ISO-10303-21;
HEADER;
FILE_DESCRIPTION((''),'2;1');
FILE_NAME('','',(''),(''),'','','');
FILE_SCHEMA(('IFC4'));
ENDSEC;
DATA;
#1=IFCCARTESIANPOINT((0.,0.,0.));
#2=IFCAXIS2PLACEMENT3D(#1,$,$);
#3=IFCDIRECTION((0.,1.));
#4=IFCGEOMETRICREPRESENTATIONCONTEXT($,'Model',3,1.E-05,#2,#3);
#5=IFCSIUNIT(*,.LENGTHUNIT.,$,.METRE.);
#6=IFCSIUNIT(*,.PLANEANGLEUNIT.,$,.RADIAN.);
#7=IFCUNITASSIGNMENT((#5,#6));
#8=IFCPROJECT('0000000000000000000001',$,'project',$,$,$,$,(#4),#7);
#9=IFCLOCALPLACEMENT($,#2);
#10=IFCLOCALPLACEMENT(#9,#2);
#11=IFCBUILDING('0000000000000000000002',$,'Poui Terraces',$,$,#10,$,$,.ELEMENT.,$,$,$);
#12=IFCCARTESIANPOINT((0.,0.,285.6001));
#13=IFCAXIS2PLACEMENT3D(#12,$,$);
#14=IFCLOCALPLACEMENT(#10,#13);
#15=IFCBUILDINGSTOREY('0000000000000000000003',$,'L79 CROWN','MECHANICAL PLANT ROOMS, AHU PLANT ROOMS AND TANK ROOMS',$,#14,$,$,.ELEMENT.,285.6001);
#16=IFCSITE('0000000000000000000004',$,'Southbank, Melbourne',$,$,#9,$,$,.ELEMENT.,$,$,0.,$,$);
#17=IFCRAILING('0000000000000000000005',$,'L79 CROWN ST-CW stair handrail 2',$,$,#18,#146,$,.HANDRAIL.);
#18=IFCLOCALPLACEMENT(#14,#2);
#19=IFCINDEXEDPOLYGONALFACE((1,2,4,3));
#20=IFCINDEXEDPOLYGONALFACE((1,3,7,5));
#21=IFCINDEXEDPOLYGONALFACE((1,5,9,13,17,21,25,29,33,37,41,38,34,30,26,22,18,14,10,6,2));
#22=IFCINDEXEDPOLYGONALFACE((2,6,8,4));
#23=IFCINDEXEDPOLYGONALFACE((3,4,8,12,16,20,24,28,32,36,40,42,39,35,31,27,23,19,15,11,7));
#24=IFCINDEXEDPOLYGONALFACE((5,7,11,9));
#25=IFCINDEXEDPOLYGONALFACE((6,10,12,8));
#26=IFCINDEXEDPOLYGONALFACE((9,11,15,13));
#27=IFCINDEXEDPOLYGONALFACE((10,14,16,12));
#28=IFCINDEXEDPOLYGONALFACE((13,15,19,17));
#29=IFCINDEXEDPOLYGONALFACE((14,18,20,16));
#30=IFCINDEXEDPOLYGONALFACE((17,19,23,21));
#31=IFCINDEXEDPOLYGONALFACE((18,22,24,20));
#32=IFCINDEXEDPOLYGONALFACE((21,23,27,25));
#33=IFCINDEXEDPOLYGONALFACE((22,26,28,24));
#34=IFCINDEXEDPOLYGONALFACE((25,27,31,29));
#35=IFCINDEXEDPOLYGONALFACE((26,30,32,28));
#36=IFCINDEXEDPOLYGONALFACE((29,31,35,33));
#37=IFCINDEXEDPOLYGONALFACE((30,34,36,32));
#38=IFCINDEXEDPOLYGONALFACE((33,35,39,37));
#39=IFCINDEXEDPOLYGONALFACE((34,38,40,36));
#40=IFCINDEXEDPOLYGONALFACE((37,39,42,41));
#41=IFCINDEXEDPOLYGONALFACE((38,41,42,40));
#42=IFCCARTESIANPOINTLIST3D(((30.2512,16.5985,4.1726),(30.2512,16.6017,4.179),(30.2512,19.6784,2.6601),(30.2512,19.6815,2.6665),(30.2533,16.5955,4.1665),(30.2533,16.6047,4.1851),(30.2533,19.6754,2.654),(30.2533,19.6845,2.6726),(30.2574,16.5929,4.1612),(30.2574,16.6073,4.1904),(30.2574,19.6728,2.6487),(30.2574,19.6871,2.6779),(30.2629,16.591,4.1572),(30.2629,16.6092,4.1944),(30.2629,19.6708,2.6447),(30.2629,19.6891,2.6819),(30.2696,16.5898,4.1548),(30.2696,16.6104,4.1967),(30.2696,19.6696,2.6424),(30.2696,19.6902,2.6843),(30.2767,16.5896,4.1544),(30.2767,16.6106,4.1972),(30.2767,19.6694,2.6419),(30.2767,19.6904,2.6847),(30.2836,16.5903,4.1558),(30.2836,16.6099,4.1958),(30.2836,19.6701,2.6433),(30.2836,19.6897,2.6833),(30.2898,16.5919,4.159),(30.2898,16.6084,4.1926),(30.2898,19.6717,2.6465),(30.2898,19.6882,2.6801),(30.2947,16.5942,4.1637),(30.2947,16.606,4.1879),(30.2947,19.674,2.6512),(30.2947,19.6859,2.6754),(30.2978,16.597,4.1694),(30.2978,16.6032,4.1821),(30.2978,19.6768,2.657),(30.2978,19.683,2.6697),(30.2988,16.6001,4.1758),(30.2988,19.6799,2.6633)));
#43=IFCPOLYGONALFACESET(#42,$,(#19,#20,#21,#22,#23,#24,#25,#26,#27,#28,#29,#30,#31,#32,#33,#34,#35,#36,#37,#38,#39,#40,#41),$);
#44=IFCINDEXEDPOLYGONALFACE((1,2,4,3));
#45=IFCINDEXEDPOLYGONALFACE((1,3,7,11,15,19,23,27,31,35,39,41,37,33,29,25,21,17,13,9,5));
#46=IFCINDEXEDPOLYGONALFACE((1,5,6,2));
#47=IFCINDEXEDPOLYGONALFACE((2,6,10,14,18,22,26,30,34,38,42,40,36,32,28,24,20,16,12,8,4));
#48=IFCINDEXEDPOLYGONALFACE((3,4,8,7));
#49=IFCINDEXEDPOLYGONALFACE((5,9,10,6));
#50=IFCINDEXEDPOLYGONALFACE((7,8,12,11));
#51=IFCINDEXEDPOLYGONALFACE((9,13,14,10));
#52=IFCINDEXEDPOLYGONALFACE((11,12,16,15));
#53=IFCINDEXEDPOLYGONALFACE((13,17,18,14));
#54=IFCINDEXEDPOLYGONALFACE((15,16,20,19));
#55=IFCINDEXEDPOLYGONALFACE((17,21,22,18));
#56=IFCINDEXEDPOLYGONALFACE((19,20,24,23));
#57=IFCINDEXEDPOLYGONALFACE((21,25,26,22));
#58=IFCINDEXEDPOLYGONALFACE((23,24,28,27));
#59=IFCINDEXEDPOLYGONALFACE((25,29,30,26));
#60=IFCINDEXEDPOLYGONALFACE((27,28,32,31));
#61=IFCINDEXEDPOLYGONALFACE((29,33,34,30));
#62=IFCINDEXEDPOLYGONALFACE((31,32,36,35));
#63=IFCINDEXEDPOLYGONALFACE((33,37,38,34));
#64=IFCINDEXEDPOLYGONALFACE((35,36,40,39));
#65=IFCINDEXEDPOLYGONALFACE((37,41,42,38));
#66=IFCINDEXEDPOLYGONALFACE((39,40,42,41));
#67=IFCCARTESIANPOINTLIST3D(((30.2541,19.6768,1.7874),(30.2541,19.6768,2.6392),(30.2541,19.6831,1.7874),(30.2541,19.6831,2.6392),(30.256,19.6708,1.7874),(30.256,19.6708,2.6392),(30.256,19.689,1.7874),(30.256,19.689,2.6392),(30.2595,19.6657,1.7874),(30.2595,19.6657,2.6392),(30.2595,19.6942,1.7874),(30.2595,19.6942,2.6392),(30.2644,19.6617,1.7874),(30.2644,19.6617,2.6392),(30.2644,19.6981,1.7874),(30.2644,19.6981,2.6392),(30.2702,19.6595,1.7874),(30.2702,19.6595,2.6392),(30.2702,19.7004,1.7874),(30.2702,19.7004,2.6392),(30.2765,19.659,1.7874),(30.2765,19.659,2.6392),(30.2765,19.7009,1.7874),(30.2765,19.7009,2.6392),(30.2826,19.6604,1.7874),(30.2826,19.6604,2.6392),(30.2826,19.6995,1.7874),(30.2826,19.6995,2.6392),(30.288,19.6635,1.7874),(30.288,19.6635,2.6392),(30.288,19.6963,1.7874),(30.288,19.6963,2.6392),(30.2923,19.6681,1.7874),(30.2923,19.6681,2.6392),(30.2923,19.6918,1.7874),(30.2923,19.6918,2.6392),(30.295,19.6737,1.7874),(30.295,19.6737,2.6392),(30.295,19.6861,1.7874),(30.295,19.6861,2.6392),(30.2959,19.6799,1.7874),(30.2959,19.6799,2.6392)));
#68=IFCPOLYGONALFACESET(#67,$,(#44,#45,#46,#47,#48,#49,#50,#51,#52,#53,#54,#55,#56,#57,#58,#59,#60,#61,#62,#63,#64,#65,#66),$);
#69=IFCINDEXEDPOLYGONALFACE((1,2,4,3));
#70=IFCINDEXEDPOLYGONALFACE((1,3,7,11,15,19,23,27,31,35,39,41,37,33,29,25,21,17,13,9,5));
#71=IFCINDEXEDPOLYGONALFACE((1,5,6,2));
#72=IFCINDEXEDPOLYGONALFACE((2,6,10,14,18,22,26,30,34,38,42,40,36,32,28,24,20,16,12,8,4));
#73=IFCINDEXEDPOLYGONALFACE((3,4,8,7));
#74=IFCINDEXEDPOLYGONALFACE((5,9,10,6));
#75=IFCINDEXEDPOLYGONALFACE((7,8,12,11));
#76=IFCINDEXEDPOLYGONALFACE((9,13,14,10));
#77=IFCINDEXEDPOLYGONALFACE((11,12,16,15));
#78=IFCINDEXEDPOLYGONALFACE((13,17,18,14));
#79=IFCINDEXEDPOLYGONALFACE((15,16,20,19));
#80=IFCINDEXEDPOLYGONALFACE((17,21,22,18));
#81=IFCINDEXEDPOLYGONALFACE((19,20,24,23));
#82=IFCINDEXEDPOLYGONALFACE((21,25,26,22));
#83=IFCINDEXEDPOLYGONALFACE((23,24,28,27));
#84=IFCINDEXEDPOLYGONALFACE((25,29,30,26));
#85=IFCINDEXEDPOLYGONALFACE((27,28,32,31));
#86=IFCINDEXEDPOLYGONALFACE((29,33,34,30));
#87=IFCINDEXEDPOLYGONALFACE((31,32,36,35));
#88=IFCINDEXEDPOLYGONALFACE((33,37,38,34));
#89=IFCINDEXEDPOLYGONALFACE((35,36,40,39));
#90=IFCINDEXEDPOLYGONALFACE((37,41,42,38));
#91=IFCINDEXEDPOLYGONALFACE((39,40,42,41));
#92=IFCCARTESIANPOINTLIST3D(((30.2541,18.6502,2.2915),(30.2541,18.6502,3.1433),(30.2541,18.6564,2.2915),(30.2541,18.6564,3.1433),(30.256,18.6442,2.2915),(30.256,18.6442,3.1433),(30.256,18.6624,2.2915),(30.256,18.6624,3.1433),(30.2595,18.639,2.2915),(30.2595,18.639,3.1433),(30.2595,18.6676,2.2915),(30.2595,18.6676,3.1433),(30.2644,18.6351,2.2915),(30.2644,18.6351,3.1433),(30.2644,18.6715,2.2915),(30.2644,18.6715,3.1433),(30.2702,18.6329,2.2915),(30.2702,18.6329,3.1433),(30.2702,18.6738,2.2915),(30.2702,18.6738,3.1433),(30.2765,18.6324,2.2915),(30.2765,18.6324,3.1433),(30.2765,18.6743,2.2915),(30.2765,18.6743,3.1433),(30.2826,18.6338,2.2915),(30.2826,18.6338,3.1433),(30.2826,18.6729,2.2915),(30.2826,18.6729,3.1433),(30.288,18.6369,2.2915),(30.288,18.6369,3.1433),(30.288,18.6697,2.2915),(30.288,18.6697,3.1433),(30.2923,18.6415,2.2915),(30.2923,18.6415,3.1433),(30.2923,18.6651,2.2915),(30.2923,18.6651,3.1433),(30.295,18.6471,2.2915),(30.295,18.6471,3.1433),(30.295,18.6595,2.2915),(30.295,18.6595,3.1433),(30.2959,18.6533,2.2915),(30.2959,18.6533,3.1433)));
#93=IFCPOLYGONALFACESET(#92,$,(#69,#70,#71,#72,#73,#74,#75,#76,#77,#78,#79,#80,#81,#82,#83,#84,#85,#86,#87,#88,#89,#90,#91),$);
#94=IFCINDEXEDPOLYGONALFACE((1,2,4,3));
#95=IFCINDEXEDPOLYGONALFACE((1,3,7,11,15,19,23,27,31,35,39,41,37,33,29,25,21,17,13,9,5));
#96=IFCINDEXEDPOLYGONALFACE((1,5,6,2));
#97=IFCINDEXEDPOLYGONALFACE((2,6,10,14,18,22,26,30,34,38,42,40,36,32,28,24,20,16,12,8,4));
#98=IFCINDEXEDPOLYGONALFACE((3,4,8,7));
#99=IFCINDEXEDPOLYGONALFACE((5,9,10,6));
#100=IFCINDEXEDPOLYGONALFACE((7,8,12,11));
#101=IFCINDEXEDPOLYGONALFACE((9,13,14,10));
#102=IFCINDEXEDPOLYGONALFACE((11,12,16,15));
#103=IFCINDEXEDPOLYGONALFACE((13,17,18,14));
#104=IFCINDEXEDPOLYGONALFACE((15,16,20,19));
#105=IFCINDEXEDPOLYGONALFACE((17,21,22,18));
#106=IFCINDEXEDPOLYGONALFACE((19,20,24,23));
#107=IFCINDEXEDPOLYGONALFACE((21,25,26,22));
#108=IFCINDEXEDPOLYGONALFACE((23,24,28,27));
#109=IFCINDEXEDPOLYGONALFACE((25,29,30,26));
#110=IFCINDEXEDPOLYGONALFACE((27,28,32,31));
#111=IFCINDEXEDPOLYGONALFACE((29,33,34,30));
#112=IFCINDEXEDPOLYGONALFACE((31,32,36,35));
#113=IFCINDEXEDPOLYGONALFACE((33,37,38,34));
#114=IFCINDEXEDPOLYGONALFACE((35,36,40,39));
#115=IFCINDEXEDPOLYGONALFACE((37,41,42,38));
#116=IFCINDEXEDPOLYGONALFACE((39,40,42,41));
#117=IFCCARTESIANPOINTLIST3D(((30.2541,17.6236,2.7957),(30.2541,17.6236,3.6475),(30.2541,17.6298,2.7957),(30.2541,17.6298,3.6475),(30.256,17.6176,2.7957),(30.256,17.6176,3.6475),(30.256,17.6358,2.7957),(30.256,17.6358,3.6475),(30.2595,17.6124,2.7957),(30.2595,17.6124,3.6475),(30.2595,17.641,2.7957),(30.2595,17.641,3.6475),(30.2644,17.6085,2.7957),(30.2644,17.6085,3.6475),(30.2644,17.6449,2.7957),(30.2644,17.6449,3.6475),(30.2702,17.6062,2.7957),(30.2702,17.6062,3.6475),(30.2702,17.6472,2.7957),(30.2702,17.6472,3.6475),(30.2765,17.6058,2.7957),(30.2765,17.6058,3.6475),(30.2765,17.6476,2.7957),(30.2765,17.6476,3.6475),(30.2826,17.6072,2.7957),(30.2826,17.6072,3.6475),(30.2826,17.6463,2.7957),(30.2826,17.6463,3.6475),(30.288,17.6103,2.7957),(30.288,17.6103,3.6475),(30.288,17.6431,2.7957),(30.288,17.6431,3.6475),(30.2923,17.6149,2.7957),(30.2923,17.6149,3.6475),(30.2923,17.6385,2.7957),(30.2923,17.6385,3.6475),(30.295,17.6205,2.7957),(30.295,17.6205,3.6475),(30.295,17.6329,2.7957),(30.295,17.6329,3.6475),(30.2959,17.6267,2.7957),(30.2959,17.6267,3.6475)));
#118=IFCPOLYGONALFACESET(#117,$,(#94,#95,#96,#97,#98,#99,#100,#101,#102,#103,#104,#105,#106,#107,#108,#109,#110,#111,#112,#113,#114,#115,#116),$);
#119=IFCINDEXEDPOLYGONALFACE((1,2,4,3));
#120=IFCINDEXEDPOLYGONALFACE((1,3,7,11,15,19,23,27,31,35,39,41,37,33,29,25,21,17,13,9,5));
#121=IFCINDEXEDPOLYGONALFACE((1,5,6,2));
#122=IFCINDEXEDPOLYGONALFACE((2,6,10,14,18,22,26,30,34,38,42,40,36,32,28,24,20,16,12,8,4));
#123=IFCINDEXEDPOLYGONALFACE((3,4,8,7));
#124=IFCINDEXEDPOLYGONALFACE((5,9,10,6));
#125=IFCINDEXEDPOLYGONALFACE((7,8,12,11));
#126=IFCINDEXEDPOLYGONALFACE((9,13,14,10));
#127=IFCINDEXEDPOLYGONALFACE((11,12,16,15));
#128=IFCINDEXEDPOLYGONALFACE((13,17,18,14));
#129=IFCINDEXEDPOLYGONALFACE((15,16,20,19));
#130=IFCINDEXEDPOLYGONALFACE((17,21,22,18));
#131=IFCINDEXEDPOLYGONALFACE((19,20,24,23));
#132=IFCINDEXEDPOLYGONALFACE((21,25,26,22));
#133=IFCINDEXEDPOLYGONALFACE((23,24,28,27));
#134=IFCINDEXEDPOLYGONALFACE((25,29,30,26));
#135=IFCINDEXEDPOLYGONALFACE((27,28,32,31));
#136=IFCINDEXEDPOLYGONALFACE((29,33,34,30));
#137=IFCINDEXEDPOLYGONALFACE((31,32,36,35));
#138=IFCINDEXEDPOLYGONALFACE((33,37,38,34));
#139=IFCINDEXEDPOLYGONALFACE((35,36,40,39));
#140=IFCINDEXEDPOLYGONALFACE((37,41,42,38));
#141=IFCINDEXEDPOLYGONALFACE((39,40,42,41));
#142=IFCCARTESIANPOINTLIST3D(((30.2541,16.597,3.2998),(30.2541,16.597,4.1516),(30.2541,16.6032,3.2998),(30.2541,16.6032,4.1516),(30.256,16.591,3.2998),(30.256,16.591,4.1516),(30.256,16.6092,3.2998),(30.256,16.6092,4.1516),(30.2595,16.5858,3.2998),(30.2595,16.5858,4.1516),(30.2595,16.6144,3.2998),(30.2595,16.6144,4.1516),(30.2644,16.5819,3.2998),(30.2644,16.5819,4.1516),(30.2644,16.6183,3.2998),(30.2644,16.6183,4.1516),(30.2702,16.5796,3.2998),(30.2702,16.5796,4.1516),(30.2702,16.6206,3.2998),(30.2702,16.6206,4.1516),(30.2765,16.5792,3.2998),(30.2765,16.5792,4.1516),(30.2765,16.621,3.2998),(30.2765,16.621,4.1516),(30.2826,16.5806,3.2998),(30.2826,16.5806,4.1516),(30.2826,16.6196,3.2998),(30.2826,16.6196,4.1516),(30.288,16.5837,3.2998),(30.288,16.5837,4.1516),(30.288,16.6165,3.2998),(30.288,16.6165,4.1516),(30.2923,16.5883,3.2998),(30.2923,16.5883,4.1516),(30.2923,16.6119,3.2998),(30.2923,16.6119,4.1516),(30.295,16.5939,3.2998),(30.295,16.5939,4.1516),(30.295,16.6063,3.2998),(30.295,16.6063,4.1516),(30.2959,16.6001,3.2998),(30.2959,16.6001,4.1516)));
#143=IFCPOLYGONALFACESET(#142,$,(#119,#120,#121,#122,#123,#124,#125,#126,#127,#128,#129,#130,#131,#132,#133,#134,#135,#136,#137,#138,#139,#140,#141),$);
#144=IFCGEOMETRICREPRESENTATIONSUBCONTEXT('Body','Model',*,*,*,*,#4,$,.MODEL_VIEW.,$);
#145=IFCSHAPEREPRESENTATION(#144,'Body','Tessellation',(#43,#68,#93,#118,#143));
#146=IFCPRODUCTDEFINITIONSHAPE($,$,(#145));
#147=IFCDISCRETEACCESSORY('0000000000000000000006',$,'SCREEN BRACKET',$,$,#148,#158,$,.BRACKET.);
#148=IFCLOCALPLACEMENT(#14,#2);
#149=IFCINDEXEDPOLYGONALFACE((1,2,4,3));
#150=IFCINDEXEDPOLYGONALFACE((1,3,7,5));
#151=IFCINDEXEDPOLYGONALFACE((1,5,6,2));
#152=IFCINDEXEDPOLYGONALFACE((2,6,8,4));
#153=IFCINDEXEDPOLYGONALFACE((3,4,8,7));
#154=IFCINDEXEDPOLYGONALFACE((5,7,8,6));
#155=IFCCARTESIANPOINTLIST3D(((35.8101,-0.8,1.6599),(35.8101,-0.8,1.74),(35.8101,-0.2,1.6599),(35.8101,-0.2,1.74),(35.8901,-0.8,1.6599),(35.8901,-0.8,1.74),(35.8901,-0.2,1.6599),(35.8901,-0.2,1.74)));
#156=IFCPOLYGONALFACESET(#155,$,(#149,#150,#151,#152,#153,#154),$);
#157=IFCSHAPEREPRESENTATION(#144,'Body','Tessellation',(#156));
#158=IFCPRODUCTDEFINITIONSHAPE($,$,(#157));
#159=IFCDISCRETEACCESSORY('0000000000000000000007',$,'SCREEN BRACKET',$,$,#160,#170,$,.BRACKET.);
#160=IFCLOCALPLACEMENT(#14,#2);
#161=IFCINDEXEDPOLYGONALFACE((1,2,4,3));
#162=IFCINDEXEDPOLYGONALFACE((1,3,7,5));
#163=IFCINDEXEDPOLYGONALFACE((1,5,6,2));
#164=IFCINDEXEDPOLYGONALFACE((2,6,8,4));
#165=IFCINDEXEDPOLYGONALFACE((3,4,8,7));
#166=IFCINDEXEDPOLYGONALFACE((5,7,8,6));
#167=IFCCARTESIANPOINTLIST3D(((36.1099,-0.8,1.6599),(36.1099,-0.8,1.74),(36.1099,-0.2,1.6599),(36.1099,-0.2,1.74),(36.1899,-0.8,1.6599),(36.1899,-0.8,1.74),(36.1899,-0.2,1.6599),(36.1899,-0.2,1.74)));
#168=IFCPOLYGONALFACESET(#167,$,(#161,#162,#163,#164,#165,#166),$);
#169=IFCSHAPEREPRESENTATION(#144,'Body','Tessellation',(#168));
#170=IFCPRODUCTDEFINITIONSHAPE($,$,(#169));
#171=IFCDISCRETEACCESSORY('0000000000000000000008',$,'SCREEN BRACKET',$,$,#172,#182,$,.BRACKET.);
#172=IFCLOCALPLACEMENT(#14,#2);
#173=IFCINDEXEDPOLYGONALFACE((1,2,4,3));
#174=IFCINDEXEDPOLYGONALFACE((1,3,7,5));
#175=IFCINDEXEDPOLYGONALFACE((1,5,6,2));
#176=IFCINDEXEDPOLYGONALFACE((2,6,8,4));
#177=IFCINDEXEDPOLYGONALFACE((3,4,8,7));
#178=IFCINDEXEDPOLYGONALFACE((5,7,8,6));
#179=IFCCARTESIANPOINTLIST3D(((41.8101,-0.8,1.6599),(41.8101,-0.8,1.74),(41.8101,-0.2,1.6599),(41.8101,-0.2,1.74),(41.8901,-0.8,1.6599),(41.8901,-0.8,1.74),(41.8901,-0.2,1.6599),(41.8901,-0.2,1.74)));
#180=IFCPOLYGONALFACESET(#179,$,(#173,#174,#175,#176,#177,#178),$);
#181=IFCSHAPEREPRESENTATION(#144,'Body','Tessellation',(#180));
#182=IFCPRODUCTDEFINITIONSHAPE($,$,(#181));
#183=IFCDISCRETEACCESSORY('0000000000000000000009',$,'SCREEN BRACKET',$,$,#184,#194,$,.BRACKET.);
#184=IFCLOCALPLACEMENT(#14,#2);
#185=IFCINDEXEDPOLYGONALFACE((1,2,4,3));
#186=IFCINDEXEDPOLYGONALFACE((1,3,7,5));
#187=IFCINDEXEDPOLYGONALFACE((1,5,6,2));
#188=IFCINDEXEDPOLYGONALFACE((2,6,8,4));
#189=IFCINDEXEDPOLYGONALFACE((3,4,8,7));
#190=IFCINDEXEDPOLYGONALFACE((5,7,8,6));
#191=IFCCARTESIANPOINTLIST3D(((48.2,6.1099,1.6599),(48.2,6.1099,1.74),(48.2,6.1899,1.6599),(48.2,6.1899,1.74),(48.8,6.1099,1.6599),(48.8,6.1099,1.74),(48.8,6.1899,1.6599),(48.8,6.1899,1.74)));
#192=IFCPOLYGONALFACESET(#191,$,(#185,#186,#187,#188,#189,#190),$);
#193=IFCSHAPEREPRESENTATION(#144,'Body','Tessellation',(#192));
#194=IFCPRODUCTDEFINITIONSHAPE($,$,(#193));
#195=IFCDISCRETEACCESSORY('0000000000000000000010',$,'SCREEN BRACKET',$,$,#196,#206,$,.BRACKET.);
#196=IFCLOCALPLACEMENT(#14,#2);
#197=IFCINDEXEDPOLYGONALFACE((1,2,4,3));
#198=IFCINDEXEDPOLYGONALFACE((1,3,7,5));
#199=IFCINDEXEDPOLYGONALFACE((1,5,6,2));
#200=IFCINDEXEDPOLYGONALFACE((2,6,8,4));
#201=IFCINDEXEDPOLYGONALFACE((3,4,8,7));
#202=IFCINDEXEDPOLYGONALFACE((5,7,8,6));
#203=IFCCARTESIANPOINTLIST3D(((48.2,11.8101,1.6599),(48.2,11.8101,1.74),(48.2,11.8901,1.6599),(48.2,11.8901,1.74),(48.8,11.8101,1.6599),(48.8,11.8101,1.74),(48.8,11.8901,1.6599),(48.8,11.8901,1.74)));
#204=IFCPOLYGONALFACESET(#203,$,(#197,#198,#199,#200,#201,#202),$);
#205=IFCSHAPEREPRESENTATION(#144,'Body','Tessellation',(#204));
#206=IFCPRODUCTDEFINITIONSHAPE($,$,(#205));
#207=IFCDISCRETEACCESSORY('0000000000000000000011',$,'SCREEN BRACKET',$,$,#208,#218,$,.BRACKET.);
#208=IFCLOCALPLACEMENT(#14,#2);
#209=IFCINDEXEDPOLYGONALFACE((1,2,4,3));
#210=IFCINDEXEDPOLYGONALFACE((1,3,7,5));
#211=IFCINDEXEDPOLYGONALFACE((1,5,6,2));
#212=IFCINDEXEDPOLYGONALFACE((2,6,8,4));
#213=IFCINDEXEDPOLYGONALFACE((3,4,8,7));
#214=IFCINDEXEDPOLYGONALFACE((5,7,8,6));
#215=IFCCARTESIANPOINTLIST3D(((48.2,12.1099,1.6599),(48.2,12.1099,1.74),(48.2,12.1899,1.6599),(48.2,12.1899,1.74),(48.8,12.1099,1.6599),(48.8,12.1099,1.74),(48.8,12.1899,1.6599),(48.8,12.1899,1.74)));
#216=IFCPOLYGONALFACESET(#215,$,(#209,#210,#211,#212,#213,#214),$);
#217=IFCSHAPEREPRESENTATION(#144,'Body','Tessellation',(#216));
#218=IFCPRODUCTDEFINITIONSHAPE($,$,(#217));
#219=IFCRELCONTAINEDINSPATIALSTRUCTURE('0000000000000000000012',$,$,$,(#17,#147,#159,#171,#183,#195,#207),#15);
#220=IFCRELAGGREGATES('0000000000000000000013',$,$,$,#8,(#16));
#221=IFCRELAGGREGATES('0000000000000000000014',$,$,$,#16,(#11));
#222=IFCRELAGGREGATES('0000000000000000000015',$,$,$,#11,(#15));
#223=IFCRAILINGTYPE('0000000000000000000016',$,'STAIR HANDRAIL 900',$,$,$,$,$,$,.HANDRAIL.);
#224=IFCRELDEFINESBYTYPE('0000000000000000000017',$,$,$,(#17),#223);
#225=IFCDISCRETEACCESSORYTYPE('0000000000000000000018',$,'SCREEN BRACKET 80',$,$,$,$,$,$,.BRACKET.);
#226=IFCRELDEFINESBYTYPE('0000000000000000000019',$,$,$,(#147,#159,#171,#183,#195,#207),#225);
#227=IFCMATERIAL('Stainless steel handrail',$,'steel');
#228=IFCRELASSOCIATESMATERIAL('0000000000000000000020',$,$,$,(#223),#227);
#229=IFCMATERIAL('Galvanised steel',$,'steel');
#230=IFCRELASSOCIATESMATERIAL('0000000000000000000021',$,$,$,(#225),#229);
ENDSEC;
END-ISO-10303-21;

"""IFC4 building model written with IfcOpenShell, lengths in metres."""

from ifc_helpers import new_model, si_unit, direction, frame, origin, origin_2d, place, context, subcontext, project, spatial, rectangle, circle, extrude, source, transform, mapped, material, material_profile, profile_set, type_object, element, save


model = new_model("IFC4")

# Units and contexts
model_context = context("Model", 3, precision=1e-05, world=origin(), true_north=direction((0.0, 1.0)))
body_context = subcontext(model_context, "Body", "Model", "MODEL_VIEW")
ifc_project = project(units=[si_unit("LENGTHUNIT", "METRE"), si_unit("PLANEANGLEUNIT", "RADIAN")], contexts=[model_context])

# Site, building, storey
site_placement = place(None, origin())
site = spatial("IfcSite", under=ifc_project, at=site_placement, Name="Southbank, Melbourne", CompositionType="ELEMENT", RefElevation=0.0)
building_placement = place(site_placement, origin())
building = spatial("IfcBuilding", under=site, at=building_placement, Name="Poui Terraces", CompositionType="ELEMENT")
storey_placement = place(building_placement, frame((0.0, 0.0, 285.6001)))
storey = spatial("IfcBuildingStorey", under=building, at=storey_placement, Name="L79 CROWN", Description="MECHANICAL PLANT ROOMS, AHU PLANT ROOMS AND TANK ROOMS", CompositionType="ELEMENT", Elevation=285.6001)

# Railing
ifc_material_1 = material(Name="Stainless steel handrail", Category="steel")
railing_type_1 = type_object("IfcRailingType", Name="STAIR HANDRAIL 900", PredefinedType="HANDRAIL", material=ifc_material_1)
railing_1_placement = place(storey_placement, frame((30.2749, 19.6799, 1.7874)))
element("IfcRailing", 1, at=railing_1_placement, inside=storey, type_object=railing_type_1, Name="L79 CROWN ST-CW stair handrail 2", PredefinedType="HANDRAIL", context=body_context, shape_type="SweptSolid", body=[
    extrude(circle(Radius=0.0239, at=origin_2d()), frame((0.0, 0.0, 0.876), z_axis=(0.0, -0.897606, 0.440798), x_axis=(1.0, 0.0, 0.0)), (0.0, 0.0, 1.0), 3.4312),
    extrude(circle(Radius=0.021, at=origin_2d()), origin(), (0.0, 0.0, 1.0), 0.8518),
    extrude(circle(Radius=0.021, at=origin_2d()), frame((0.0, -1.0266, 0.5042)), (0.0, 0.0, 1.0), 0.8518),
    extrude(circle(Radius=0.021, at=origin_2d()), frame((0.0, -2.0532, 1.0083)), (0.0, 0.0, 1.0), 0.8518),
    extrude(circle(Radius=0.021, at=origin_2d()), frame((0.0, -3.0798, 1.5125)), (0.0, 0.0, 1.0), 0.8518),
])

# Discrete accessories
ifc_material_2 = material(Name="Galvanised steel", Category="steel")
ifc_material_profile_1 = material_profile(ifc_material_2, rectangle(XDim=0.0801, YDim=0.0801, at=origin_2d()), Name="SCREEN BRACKET 80")
ifc_profile_set_1 = profile_set([ifc_material_profile_1], Name="Galvanised steel")
discrete_accessory_type = type_object("IfcDiscreteAccessoryType", Name="SCREEN BRACKET 80", PredefinedType="BRACKET", material=ifc_profile_set_1)
shared_shape_1 = source(origin(), body_context, "Body", "SweptSolid", [
    extrude(rectangle(XDim=0.0801, YDim=0.0801, at=origin_2d()), origin(), (0.0, 0.0, 1.0), 0.6001),
])
for number, where, z_axis, x_axis, name in (
    (2, (35.8501, -0.2, 1.7), (0.0, -1.0, 0.0), (1.0, 0.0, 0.0), "SCREEN BRACKET"),
    (3, (36.1499, -0.2, 1.7), (0.0, -1.0, 0.0), (1.0, 0.0, 0.0), "SCREEN BRACKET"),
    (4, (41.8501, -0.2, 1.7), (0.0, -1.0, 0.0), (1.0, 0.0, 0.0), "SCREEN BRACKET"),
    (5, (48.2, 6.1499, 1.7), (1.0, 0.0, 0.0), (0.0, 1.0, 0.0), "SCREEN BRACKET"),
    (6, (48.2, 11.8501, 1.7), (1.0, 0.0, 0.0), (0.0, 1.0, 0.0), "SCREEN BRACKET"),
    (7, (48.2, 12.1499, 1.7), (1.0, 0.0, 0.0), (0.0, 1.0, 0.0), "SCREEN BRACKET"),
):
    element("IfcDiscreteAccessory", number, at=place(storey_placement, frame(where, z_axis=z_axis, x_axis=x_axis)), inside=storey, type_object=discrete_accessory_type, Name=name, PredefinedType="BRACKET", context=body_context, shape_type="MappedRepresentation", body=[
        mapped(shared_shape_1, transform((0.0, 0.0, 0.0))),
    ])

save(model, "model.ifc")
